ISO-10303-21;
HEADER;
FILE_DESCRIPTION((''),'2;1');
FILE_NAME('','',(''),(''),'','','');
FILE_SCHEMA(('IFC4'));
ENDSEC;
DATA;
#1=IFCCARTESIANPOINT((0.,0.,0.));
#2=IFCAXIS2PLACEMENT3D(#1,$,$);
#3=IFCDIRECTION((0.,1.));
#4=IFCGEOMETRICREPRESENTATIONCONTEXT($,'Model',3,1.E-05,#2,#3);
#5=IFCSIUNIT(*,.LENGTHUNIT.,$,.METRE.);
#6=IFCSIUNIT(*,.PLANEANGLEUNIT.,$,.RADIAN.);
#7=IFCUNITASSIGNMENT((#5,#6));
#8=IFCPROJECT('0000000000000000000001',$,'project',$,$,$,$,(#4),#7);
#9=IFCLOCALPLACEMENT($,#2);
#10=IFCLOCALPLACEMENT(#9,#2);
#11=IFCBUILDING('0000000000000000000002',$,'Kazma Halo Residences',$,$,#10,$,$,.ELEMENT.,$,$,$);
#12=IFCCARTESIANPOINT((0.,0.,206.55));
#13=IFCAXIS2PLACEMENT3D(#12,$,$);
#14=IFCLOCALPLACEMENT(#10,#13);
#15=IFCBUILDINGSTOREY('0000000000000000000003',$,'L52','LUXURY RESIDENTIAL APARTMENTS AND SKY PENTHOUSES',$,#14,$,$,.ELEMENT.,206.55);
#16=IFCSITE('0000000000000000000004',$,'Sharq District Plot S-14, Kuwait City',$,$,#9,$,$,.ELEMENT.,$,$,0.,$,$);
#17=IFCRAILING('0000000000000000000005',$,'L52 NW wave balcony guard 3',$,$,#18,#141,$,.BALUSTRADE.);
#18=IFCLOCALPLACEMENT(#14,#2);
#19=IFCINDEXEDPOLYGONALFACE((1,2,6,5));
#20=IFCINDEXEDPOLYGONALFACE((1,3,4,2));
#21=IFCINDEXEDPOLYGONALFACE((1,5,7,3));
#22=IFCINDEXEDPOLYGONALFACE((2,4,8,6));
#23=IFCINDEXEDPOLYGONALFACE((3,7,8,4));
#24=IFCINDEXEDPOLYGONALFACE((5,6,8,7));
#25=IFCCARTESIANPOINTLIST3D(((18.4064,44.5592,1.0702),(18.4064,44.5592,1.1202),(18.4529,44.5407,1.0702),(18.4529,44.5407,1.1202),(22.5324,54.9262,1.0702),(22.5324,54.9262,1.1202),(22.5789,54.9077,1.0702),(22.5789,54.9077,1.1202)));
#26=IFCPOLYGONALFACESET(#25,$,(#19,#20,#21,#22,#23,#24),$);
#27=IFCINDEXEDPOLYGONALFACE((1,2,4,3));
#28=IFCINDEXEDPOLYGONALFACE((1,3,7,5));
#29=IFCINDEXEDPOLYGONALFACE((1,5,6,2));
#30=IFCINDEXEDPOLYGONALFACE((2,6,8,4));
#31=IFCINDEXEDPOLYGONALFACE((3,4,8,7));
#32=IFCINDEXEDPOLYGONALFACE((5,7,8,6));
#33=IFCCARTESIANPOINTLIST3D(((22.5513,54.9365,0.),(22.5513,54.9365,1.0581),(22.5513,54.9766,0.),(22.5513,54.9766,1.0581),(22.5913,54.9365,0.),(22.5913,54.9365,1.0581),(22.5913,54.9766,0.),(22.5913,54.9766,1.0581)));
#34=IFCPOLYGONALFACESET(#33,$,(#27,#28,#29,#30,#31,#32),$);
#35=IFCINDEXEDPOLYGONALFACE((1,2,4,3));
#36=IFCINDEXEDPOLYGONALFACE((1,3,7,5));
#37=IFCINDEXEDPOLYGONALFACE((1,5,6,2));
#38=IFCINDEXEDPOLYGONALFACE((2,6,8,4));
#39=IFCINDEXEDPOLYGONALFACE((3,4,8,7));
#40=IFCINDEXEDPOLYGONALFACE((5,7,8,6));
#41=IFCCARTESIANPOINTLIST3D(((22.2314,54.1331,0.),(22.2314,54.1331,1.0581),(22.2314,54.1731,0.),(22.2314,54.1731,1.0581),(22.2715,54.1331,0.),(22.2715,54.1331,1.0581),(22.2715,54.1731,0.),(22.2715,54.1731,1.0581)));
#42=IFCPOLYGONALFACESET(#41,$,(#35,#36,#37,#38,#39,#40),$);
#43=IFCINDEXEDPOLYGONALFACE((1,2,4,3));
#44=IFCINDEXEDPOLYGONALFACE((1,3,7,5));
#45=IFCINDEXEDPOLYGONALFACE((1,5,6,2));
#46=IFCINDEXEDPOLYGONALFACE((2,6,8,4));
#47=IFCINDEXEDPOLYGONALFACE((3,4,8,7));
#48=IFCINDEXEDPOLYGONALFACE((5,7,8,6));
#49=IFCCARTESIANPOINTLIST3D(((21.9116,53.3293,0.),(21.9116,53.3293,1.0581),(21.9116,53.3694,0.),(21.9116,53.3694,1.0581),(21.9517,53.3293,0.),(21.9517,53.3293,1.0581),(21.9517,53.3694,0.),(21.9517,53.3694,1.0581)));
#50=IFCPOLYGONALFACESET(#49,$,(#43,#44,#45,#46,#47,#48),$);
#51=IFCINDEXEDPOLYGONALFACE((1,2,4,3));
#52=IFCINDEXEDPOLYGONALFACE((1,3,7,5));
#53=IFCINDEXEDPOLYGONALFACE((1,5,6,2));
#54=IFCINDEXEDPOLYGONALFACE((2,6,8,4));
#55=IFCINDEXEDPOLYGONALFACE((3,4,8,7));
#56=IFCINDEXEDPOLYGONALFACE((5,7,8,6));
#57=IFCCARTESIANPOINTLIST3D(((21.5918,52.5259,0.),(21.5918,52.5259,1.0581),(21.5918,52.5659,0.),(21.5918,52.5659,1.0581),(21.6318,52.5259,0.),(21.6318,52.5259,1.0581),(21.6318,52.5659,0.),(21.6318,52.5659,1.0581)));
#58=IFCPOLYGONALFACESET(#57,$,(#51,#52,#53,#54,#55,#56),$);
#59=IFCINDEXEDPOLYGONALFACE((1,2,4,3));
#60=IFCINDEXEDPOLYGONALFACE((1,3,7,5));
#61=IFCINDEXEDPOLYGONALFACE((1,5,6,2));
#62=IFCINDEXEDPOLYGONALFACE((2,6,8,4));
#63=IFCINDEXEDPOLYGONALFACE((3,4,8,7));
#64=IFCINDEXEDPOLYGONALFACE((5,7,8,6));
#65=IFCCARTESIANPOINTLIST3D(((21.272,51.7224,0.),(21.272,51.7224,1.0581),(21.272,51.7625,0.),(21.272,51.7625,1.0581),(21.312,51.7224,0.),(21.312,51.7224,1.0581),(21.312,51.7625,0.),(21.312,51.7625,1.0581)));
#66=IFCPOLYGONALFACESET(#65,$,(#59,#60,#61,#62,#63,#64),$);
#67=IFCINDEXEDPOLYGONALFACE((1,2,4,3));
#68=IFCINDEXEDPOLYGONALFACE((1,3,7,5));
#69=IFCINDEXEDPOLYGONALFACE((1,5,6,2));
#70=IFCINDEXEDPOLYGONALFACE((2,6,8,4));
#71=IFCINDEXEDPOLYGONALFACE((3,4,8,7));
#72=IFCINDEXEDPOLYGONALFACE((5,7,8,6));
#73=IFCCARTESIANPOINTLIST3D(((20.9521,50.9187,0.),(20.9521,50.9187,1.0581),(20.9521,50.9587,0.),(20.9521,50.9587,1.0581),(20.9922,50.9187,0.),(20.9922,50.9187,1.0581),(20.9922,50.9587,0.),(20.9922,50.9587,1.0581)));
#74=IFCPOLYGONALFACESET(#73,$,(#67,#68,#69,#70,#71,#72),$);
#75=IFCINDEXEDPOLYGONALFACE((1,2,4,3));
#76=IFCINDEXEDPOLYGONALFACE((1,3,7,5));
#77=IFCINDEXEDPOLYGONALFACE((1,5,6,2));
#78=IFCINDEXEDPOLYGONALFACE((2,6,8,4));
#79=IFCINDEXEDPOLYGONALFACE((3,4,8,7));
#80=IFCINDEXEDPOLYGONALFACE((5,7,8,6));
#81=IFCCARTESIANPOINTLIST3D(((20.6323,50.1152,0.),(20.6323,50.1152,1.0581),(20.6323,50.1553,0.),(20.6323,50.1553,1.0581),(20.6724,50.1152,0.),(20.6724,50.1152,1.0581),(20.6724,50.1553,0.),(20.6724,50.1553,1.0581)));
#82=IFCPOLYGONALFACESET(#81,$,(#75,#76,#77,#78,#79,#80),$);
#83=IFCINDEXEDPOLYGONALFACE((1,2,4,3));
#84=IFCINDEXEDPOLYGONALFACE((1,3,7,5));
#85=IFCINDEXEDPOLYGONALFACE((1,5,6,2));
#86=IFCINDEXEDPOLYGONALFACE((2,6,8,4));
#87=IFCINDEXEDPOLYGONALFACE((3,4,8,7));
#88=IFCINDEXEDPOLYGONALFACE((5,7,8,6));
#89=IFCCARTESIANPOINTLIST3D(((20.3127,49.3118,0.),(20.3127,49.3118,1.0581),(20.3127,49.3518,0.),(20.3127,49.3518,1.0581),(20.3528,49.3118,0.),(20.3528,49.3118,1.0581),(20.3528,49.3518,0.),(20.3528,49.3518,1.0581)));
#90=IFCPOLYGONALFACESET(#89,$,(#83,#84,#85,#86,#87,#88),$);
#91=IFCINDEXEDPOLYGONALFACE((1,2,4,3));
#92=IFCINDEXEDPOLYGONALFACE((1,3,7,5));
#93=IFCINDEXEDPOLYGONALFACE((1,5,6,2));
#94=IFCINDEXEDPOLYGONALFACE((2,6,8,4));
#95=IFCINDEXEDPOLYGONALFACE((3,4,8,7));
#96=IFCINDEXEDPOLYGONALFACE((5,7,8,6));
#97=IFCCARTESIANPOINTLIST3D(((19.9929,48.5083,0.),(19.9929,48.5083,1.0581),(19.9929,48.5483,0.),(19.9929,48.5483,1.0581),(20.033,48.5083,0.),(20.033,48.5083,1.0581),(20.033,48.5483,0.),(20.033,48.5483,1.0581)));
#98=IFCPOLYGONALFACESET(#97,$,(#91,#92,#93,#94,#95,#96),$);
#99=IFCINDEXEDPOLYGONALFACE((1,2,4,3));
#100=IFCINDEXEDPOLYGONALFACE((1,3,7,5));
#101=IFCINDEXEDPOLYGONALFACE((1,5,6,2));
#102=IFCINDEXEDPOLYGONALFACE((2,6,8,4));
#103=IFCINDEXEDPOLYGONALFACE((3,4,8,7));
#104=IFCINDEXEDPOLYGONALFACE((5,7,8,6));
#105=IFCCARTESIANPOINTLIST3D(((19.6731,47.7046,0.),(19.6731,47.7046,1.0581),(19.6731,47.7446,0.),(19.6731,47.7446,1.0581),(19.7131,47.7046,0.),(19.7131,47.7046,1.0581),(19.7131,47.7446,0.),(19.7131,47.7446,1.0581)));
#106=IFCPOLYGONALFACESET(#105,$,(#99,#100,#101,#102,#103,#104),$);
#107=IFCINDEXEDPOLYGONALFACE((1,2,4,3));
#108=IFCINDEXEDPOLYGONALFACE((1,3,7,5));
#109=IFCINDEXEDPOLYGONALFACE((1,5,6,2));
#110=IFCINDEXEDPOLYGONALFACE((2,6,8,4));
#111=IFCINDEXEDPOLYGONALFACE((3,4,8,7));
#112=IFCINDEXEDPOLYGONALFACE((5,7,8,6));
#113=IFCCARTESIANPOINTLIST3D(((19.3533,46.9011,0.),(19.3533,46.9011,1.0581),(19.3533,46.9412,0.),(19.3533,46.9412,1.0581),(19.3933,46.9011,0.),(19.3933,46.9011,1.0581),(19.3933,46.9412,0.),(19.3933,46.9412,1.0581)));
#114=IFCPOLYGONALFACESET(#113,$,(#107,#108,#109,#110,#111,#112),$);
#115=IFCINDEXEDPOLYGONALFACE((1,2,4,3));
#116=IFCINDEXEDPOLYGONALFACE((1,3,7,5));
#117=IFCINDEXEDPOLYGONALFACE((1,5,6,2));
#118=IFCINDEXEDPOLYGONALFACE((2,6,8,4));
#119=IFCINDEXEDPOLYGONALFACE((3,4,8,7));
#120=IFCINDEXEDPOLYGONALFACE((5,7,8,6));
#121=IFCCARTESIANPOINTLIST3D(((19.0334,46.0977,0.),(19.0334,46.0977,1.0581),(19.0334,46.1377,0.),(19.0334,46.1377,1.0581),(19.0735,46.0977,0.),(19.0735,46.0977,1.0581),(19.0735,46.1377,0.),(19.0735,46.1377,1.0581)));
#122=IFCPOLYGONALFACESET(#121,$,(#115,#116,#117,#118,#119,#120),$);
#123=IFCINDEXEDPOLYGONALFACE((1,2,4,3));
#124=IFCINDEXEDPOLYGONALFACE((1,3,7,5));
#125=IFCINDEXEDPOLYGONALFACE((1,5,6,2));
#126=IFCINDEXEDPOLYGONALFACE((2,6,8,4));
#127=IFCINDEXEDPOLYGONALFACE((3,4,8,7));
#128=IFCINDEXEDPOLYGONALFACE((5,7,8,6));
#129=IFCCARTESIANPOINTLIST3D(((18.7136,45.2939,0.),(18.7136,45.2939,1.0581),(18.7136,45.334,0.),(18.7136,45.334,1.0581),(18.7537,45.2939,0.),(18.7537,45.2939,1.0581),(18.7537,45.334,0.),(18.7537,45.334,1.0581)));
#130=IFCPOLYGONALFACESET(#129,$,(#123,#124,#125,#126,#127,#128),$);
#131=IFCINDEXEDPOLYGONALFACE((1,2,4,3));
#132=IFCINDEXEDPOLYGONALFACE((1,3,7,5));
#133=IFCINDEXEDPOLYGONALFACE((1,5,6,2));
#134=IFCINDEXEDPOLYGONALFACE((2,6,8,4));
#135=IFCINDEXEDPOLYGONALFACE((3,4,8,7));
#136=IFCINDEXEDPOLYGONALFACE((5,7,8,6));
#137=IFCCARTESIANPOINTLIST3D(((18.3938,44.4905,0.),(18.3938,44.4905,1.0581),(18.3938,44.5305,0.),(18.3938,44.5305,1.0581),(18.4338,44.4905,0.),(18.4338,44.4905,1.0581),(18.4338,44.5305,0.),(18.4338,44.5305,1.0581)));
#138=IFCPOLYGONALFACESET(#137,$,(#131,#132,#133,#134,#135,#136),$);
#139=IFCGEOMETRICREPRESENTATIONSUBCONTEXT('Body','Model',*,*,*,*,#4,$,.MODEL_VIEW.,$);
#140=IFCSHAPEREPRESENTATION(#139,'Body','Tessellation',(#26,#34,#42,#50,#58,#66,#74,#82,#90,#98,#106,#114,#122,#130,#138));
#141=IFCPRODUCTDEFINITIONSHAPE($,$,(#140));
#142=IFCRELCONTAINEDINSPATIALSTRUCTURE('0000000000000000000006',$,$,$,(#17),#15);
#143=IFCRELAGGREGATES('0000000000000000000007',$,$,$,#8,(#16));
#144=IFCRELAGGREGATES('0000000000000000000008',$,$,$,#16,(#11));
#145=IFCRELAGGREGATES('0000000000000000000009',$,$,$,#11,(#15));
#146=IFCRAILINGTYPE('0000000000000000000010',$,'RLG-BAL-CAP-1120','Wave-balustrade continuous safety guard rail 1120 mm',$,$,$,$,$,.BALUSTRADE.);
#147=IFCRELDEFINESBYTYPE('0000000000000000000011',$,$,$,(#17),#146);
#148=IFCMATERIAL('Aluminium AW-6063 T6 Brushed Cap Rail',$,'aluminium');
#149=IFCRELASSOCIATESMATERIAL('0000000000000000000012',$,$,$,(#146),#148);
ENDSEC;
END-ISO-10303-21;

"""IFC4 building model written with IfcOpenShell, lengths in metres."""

from ifc_helpers import new_model, si_unit, direction, frame, origin, origin_2d, place, context, subcontext, project, spatial, rectangle, extrude, material, type_object, element, save


model = new_model("IFC4")

# Units and contexts
model_context = context("Model", 3, precision=1e-05, world=origin(), true_north=direction((0.0, 1.0)))
body_context = subcontext(model_context, "Body", "Model", "MODEL_VIEW")
ifc_project = project(units=[si_unit("LENGTHUNIT", "METRE"), si_unit("PLANEANGLEUNIT", "RADIAN")], contexts=[model_context])

# Site, building, storey
site_placement = place(None, origin())
site = spatial("IfcSite", under=ifc_project, at=site_placement, Name="Sharq District Plot S-14, Kuwait City", CompositionType="ELEMENT", RefElevation=0.0)
building_placement = place(site_placement, origin())
building = spatial("IfcBuilding", under=site, at=building_placement, Name="Kazma Halo Residences", CompositionType="ELEMENT")
storey_placement = place(building_placement, frame((0.0, 0.0, 206.55)))
storey = spatial("IfcBuildingStorey", under=building, at=storey_placement, Name="L52", Description="LUXURY RESIDENTIAL APARTMENTS AND SKY PENTHOUSES", CompositionType="ELEMENT", Elevation=206.55)

# Railing
ifc_material_1 = material(Name="Aluminium AW-6063 T6 Brushed Cap Rail", Category="aluminium")
railing_type = type_object("IfcRailingType", Name="RLG-BAL-CAP-1120", Description="Wave-balustrade continuous safety guard rail 1120 mm", PredefinedType="BALUSTRADE", material=ifc_material_1)
railing_1_placement = place(storey_placement, frame((22.5713, 54.9565, 0.0)))
element("IfcRailing", 1, at=railing_1_placement, inside=storey, type_object=railing_type, Name="L52 NW wave balcony guard 3", PredefinedType="BALUSTRADE", context=body_context, shape_type="SweptSolid", body=[
    extrude(rectangle(XDim=0.05, YDim=0.05, at=origin_2d()), frame((-0.0156, -0.0396, 1.0952), z_axis=(-0.369784, -0.929118, 0.0), x_axis=(0.929118, -0.369784, 0.0)), (0.0, 0.0, 1.0), 11.158),
    extrude(rectangle(XDim=0.04, YDim=0.04, at=origin_2d()), origin(), (0.0, 0.0, 1.0), 1.0581),
    extrude(rectangle(XDim=0.04, YDim=0.04, at=origin_2d()), frame((-0.3198, -0.8035, 0.0)), (0.0, 0.0, 1.0), 1.0581),
    extrude(rectangle(XDim=0.04, YDim=0.04, at=origin_2d()), frame((-0.6396, -1.6072, 0.0)), (0.0, 0.0, 1.0), 1.0581),
    extrude(rectangle(XDim=0.04, YDim=0.04, at=origin_2d()), frame((-0.9595, -2.4106, 0.0)), (0.0, 0.0, 1.0), 1.0581),
    extrude(rectangle(XDim=0.04, YDim=0.04, at=origin_2d()), frame((-1.2793, -3.2141, 0.0)), (0.0, 0.0, 1.0), 1.0581),
    extrude(rectangle(XDim=0.04, YDim=0.04, at=origin_2d()), frame((-1.5991, -4.0178, 0.0)), (0.0, 0.0, 1.0), 1.0581),
    extrude(rectangle(XDim=0.04, YDim=0.04, at=origin_2d()), frame((-1.9189, -4.8213, 0.0)), (0.0, 0.0, 1.0), 1.0581),
    extrude(rectangle(XDim=0.04, YDim=0.04, at=origin_2d()), frame((-2.2385, -5.6248, 0.0)), (0.0, 0.0, 1.0), 1.0581),
    extrude(rectangle(XDim=0.04, YDim=0.04, at=origin_2d()), frame((-2.5583, -6.4282, 0.0)), (0.0, 0.0, 1.0), 1.0581),
    extrude(rectangle(XDim=0.04, YDim=0.04, at=origin_2d()), frame((-2.8782, -7.2319, 0.0)), (0.0, 0.0, 1.0), 1.0581),
    extrude(rectangle(XDim=0.04, YDim=0.04, at=origin_2d()), frame((-3.198, -8.0354, 0.0)), (0.0, 0.0, 1.0), 1.0581),
    extrude(rectangle(XDim=0.04, YDim=0.04, at=origin_2d()), frame((-3.5178, -8.8389, 0.0)), (0.0, 0.0, 1.0), 1.0581),
    extrude(rectangle(XDim=0.04, YDim=0.04, at=origin_2d()), frame((-3.8376, -9.6426, 0.0)), (0.0, 0.0, 1.0), 1.0581),
    extrude(rectangle(XDim=0.04, YDim=0.04, at=origin_2d()), frame((-4.1575, -10.446, 0.0)), (0.0, 0.0, 1.0), 1.0581),
])

save(model, "model.ifc")
